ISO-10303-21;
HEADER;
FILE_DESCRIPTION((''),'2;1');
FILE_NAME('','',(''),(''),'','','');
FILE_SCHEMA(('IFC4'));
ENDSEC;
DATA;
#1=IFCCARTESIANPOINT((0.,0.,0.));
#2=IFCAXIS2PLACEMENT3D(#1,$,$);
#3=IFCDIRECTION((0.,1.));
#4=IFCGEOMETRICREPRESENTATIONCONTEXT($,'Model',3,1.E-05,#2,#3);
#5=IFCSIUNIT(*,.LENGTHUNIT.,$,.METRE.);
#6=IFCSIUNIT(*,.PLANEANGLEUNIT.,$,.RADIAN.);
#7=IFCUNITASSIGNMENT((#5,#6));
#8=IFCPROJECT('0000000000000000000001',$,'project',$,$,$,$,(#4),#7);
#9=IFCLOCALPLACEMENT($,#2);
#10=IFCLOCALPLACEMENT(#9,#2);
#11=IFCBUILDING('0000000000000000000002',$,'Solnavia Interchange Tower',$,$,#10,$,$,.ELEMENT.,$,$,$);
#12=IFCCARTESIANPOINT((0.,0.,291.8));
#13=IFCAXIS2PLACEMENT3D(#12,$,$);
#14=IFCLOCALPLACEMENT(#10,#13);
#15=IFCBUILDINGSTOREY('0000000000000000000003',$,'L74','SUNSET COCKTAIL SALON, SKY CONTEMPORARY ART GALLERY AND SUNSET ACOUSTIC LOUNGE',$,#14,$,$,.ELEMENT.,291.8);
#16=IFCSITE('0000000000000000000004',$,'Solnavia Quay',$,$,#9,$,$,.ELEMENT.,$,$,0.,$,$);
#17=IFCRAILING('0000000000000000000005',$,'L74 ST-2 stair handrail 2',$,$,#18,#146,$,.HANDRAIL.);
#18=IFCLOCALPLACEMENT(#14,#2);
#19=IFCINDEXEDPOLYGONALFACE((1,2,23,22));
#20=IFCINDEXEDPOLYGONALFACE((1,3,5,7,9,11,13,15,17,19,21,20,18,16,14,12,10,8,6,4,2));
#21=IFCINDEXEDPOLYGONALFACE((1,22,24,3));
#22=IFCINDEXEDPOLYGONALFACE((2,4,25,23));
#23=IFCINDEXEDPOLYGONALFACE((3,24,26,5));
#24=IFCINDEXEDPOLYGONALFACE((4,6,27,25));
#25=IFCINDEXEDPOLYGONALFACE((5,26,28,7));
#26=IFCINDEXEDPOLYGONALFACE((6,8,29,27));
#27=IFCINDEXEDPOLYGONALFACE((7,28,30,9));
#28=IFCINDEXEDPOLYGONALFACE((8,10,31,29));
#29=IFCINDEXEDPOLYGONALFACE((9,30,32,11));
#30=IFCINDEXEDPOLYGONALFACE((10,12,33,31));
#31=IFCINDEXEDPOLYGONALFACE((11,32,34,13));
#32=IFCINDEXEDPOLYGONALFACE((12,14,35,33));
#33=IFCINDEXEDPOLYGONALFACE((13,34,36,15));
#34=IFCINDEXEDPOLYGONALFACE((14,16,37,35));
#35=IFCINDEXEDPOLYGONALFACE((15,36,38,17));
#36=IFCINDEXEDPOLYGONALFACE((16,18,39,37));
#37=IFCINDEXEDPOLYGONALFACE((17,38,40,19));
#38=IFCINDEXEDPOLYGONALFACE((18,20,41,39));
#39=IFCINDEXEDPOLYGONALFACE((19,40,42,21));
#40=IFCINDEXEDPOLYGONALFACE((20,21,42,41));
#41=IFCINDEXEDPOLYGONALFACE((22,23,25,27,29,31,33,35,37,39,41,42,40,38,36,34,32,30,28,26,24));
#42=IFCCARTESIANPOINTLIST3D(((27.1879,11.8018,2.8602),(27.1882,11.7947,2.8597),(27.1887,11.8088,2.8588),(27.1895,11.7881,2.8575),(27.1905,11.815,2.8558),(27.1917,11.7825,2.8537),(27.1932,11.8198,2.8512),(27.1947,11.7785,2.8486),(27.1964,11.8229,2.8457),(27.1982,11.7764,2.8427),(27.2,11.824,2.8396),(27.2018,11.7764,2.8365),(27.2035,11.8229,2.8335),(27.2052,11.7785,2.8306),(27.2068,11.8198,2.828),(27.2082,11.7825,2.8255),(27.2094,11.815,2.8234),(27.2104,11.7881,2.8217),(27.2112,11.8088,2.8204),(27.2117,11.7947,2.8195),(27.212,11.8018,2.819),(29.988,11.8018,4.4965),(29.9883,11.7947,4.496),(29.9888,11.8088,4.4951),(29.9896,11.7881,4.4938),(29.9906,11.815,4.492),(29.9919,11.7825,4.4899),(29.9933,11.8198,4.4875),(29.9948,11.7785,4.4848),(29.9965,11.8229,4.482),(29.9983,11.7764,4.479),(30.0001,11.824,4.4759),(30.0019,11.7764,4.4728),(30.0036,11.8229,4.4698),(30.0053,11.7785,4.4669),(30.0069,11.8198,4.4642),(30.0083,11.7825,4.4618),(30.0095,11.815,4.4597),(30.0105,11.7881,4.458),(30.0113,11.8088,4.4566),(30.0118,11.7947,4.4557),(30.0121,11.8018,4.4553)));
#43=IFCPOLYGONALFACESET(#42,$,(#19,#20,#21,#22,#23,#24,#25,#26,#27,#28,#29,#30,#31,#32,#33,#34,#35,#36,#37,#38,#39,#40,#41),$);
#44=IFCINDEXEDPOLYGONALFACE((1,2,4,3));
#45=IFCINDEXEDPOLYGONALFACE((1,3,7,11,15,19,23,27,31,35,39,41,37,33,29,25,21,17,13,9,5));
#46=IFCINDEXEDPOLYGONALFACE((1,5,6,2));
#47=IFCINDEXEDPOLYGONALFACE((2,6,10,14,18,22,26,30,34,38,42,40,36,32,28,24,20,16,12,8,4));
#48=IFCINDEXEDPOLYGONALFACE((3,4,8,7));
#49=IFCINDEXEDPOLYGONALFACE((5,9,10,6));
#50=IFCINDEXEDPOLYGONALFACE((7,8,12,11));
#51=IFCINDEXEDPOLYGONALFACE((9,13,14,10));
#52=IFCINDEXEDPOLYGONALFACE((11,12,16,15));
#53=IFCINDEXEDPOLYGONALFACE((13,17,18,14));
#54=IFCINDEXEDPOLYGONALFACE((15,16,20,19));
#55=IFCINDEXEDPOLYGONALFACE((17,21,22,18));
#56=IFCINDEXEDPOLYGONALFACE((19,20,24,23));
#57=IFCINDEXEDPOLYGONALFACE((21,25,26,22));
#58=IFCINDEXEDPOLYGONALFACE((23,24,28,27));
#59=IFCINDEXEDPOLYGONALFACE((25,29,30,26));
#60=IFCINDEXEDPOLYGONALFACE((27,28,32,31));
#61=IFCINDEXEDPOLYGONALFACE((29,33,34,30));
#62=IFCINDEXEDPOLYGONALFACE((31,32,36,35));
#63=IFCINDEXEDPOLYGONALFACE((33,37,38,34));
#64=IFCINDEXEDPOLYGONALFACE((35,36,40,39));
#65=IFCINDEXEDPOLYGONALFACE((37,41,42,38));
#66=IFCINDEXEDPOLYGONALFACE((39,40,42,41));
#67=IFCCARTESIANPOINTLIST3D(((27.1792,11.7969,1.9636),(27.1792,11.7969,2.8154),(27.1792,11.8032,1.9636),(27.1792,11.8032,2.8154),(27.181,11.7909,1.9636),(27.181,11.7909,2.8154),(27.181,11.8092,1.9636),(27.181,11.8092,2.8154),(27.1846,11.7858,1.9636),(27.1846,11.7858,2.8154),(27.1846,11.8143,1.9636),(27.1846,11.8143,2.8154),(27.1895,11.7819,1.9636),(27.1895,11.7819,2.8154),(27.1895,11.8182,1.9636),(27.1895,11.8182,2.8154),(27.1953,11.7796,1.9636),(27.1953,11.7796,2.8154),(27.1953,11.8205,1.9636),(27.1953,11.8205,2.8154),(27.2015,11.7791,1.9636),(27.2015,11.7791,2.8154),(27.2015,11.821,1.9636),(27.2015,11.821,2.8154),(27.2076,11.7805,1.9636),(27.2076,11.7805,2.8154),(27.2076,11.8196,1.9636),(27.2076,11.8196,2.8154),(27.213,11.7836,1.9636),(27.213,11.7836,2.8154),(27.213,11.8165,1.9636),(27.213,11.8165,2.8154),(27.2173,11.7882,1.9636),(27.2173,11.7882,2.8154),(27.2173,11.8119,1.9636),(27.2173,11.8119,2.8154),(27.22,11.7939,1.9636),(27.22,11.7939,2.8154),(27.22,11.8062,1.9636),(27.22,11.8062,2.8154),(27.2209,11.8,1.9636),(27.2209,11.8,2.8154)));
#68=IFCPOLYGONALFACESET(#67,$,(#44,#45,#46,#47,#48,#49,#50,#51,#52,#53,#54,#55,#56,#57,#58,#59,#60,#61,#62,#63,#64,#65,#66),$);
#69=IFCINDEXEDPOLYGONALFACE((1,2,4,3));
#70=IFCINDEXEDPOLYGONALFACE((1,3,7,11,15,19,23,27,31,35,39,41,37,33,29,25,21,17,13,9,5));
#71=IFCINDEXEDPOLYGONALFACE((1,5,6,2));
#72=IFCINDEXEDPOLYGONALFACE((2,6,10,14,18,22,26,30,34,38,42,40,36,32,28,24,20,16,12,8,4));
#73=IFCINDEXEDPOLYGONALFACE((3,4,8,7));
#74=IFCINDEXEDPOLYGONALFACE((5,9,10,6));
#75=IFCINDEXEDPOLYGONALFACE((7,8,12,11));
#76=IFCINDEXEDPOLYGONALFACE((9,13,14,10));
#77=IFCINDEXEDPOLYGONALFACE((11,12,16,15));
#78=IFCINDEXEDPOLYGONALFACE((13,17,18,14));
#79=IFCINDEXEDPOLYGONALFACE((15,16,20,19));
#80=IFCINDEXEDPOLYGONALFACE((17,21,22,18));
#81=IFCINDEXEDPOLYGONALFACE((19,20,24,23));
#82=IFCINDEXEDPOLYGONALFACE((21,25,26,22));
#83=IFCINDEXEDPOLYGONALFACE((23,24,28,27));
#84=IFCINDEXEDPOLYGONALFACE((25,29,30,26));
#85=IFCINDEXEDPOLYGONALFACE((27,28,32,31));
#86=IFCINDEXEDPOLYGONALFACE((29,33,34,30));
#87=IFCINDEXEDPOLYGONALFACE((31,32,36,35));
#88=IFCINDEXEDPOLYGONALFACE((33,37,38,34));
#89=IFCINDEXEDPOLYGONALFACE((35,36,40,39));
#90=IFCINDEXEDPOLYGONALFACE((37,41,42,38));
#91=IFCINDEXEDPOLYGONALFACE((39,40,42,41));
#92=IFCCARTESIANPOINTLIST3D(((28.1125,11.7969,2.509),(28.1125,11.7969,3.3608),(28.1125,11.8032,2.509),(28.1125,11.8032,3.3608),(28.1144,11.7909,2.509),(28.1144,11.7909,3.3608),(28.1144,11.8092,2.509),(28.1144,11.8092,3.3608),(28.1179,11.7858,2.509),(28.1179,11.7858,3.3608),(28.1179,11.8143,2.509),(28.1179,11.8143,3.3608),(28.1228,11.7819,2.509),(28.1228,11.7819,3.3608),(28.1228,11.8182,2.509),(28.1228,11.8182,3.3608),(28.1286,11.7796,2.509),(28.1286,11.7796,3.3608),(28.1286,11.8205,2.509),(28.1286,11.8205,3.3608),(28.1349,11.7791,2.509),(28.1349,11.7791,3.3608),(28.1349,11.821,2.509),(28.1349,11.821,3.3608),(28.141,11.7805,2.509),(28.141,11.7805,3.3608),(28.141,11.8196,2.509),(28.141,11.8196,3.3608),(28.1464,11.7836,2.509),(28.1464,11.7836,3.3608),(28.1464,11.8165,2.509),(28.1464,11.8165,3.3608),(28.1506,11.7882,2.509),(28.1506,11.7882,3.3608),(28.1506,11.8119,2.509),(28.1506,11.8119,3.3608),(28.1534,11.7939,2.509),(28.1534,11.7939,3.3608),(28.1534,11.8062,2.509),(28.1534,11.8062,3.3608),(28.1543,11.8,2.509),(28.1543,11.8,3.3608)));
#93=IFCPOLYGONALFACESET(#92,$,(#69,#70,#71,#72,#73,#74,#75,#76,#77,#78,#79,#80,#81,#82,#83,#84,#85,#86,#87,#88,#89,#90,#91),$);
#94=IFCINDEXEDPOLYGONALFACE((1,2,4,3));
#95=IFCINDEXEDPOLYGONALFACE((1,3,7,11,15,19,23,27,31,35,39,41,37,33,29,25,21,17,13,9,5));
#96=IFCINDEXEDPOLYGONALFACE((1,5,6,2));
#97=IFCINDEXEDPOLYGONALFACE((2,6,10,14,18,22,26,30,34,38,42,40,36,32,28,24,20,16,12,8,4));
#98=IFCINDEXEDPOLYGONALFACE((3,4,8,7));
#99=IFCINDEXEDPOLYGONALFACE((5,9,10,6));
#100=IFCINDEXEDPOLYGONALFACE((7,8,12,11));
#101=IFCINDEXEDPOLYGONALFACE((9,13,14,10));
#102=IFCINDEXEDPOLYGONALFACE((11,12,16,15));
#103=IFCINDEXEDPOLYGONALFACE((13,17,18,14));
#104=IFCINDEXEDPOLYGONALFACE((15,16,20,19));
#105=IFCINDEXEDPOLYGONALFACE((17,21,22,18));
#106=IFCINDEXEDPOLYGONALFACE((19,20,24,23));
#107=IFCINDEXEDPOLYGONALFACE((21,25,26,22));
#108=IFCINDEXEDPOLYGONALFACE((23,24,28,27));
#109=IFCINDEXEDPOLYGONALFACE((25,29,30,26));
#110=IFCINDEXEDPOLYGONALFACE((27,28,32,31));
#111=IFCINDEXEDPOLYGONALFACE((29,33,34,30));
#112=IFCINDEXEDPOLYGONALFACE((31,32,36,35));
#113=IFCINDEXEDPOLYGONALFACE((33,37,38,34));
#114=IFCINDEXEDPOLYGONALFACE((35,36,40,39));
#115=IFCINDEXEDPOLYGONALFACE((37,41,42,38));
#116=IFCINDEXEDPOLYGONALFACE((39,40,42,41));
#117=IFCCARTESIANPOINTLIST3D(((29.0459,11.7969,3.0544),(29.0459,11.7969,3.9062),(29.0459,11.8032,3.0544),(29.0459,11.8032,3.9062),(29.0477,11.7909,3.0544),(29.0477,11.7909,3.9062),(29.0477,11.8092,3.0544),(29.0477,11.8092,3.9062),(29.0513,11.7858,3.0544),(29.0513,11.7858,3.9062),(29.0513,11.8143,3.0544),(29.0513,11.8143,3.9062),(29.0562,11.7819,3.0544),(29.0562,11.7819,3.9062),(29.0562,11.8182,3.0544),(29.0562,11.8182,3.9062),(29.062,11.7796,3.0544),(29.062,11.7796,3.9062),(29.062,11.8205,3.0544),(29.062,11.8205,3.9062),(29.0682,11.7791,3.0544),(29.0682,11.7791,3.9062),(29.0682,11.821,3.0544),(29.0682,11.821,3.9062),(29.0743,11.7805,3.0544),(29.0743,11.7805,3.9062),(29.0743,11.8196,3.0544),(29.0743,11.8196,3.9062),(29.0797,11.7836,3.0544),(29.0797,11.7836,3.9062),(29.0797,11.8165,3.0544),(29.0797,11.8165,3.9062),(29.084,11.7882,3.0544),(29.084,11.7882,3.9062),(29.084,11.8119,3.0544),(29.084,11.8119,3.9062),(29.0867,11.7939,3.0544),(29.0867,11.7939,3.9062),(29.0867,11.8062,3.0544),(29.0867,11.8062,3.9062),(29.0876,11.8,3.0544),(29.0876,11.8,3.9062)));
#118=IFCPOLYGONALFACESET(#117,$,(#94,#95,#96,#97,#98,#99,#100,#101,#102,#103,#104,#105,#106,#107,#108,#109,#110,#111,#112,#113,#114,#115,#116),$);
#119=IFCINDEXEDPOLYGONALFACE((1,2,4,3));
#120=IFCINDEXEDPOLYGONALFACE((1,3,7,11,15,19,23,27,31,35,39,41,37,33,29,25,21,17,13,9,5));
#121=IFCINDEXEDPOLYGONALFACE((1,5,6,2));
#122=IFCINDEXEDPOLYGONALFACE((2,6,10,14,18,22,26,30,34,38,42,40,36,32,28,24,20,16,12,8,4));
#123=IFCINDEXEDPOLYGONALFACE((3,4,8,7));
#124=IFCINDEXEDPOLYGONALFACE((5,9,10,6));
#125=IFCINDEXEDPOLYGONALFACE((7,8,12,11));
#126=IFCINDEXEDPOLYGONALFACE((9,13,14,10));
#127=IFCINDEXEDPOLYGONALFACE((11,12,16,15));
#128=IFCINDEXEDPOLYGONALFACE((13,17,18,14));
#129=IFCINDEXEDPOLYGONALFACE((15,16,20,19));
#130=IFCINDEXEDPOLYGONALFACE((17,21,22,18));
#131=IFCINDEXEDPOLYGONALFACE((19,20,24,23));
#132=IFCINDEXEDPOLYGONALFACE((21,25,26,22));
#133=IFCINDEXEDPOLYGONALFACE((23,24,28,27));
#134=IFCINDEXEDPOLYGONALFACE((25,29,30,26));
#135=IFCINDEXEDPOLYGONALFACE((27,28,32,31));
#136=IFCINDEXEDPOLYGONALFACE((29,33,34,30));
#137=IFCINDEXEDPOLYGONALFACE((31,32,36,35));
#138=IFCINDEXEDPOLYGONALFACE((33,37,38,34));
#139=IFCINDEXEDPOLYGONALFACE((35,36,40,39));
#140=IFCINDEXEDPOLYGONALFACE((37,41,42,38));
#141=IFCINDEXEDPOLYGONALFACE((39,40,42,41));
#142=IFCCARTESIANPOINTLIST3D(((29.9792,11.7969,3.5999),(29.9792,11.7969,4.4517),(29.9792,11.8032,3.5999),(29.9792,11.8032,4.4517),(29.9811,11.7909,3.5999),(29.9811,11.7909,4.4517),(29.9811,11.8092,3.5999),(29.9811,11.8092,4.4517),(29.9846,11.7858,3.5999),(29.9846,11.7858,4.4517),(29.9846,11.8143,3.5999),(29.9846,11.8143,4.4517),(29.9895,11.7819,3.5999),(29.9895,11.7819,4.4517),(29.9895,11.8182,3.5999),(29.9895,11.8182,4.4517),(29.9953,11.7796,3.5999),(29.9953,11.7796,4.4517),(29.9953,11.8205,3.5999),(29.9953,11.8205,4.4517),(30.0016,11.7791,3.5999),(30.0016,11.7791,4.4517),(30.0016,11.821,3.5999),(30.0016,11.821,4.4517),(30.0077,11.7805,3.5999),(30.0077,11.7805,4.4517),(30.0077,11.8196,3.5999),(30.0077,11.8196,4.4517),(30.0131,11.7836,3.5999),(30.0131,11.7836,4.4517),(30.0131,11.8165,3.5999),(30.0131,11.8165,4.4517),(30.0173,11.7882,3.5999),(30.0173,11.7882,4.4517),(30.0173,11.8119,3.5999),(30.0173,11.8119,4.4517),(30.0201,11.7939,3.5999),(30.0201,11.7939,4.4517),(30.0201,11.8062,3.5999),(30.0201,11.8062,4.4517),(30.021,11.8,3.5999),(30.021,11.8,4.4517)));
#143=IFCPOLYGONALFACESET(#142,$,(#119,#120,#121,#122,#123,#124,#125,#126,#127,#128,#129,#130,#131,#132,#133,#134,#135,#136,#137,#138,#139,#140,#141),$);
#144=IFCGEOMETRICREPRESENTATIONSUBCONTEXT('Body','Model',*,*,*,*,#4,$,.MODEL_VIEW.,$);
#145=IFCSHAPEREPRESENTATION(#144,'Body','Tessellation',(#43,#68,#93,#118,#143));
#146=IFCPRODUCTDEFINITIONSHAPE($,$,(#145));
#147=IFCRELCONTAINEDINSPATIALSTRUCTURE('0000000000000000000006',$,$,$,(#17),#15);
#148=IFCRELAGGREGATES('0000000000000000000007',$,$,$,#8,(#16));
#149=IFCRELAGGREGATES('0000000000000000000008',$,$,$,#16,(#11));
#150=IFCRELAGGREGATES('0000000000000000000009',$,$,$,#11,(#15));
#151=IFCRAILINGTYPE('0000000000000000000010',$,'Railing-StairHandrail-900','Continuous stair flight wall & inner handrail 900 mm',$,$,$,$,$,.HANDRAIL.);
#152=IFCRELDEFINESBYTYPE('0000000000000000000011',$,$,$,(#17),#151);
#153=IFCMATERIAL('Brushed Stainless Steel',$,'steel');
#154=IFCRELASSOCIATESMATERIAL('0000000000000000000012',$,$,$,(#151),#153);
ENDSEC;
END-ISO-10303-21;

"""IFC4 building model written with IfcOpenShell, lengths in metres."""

from ifc_helpers import new_model, si_unit, direction, frame, origin, origin_2d, place, context, subcontext, project, spatial, circle, extrude, material, type_object, element, save


model = new_model("IFC4")

# Units and contexts
model_context = context("Model", 3, precision=1e-05, world=origin(), true_north=direction((0.0, 1.0)))
body_context = subcontext(model_context, "Body", "Model", "MODEL_VIEW")
ifc_project = project(units=[si_unit("LENGTHUNIT", "METRE"), si_unit("PLANEANGLEUNIT", "RADIAN")], contexts=[model_context])

# Site, building, storey
site_placement = place(None, origin())
site = spatial("IfcSite", under=ifc_project, at=site_placement, Name="Solnavia Quay", CompositionType="ELEMENT", RefElevation=0.0)
building_placement = place(site_placement, origin())
building = spatial("IfcBuilding", under=site, at=building_placement, Name="Solnavia Interchange Tower", CompositionType="ELEMENT")
storey_placement = place(building_placement, frame((0.0, 0.0, 291.8)))
storey = spatial("IfcBuildingStorey", under=building, at=storey_placement, Name="L74", Description="SUNSET COCKTAIL SALON, SKY CONTEMPORARY ART GALLERY AND SUNSET ACOUSTIC LOUNGE", CompositionType="ELEMENT", Elevation=291.8)

# Railing
ifc_material_1 = material(Name="Brushed Stainless Steel", Category="steel")
railing_type_1 = type_object("IfcRailingType", Name="Railing-StairHandrail-900", Description="Continuous stair flight wall & inner handrail 900 mm", PredefinedType="HANDRAIL", material=ifc_material_1)
railing_1_placement = place(storey_placement, frame((27.2, 11.8, 1.9636)))
element("IfcRailing", 1, at=railing_1_placement, inside=storey, type_object=railing_type_1, Name="L74 ST-2 stair handrail 2", PredefinedType="HANDRAIL", context=body_context, shape_type="SweptSolid", body=[
    extrude(circle(Radius=0.0239, at=origin_2d()), frame((0.0, 0.0, 0.876), z_axis=(0.863394, 0.0, 0.504531), x_axis=(0.0, 1.0, 0.0)), (0.0, 0.0, 1.0), 3.2432),
    extrude(circle(Radius=0.021, at=origin_2d()), origin(), (0.0, 0.0, 1.0), 0.8518),
    extrude(circle(Radius=0.021, at=origin_2d()), frame((0.9333, 0.0, 0.5454)), (0.0, 0.0, 1.0), 0.8518),
    extrude(circle(Radius=0.021, at=origin_2d()), frame((1.8667, 0.0, 1.0908)), (0.0, 0.0, 1.0), 0.8518),
    extrude(circle(Radius=0.021, at=origin_2d()), frame((2.8, 0.0, 1.6362)), (0.0, 0.0, 1.0), 0.8518),
])

save(model, "model.ifc")
